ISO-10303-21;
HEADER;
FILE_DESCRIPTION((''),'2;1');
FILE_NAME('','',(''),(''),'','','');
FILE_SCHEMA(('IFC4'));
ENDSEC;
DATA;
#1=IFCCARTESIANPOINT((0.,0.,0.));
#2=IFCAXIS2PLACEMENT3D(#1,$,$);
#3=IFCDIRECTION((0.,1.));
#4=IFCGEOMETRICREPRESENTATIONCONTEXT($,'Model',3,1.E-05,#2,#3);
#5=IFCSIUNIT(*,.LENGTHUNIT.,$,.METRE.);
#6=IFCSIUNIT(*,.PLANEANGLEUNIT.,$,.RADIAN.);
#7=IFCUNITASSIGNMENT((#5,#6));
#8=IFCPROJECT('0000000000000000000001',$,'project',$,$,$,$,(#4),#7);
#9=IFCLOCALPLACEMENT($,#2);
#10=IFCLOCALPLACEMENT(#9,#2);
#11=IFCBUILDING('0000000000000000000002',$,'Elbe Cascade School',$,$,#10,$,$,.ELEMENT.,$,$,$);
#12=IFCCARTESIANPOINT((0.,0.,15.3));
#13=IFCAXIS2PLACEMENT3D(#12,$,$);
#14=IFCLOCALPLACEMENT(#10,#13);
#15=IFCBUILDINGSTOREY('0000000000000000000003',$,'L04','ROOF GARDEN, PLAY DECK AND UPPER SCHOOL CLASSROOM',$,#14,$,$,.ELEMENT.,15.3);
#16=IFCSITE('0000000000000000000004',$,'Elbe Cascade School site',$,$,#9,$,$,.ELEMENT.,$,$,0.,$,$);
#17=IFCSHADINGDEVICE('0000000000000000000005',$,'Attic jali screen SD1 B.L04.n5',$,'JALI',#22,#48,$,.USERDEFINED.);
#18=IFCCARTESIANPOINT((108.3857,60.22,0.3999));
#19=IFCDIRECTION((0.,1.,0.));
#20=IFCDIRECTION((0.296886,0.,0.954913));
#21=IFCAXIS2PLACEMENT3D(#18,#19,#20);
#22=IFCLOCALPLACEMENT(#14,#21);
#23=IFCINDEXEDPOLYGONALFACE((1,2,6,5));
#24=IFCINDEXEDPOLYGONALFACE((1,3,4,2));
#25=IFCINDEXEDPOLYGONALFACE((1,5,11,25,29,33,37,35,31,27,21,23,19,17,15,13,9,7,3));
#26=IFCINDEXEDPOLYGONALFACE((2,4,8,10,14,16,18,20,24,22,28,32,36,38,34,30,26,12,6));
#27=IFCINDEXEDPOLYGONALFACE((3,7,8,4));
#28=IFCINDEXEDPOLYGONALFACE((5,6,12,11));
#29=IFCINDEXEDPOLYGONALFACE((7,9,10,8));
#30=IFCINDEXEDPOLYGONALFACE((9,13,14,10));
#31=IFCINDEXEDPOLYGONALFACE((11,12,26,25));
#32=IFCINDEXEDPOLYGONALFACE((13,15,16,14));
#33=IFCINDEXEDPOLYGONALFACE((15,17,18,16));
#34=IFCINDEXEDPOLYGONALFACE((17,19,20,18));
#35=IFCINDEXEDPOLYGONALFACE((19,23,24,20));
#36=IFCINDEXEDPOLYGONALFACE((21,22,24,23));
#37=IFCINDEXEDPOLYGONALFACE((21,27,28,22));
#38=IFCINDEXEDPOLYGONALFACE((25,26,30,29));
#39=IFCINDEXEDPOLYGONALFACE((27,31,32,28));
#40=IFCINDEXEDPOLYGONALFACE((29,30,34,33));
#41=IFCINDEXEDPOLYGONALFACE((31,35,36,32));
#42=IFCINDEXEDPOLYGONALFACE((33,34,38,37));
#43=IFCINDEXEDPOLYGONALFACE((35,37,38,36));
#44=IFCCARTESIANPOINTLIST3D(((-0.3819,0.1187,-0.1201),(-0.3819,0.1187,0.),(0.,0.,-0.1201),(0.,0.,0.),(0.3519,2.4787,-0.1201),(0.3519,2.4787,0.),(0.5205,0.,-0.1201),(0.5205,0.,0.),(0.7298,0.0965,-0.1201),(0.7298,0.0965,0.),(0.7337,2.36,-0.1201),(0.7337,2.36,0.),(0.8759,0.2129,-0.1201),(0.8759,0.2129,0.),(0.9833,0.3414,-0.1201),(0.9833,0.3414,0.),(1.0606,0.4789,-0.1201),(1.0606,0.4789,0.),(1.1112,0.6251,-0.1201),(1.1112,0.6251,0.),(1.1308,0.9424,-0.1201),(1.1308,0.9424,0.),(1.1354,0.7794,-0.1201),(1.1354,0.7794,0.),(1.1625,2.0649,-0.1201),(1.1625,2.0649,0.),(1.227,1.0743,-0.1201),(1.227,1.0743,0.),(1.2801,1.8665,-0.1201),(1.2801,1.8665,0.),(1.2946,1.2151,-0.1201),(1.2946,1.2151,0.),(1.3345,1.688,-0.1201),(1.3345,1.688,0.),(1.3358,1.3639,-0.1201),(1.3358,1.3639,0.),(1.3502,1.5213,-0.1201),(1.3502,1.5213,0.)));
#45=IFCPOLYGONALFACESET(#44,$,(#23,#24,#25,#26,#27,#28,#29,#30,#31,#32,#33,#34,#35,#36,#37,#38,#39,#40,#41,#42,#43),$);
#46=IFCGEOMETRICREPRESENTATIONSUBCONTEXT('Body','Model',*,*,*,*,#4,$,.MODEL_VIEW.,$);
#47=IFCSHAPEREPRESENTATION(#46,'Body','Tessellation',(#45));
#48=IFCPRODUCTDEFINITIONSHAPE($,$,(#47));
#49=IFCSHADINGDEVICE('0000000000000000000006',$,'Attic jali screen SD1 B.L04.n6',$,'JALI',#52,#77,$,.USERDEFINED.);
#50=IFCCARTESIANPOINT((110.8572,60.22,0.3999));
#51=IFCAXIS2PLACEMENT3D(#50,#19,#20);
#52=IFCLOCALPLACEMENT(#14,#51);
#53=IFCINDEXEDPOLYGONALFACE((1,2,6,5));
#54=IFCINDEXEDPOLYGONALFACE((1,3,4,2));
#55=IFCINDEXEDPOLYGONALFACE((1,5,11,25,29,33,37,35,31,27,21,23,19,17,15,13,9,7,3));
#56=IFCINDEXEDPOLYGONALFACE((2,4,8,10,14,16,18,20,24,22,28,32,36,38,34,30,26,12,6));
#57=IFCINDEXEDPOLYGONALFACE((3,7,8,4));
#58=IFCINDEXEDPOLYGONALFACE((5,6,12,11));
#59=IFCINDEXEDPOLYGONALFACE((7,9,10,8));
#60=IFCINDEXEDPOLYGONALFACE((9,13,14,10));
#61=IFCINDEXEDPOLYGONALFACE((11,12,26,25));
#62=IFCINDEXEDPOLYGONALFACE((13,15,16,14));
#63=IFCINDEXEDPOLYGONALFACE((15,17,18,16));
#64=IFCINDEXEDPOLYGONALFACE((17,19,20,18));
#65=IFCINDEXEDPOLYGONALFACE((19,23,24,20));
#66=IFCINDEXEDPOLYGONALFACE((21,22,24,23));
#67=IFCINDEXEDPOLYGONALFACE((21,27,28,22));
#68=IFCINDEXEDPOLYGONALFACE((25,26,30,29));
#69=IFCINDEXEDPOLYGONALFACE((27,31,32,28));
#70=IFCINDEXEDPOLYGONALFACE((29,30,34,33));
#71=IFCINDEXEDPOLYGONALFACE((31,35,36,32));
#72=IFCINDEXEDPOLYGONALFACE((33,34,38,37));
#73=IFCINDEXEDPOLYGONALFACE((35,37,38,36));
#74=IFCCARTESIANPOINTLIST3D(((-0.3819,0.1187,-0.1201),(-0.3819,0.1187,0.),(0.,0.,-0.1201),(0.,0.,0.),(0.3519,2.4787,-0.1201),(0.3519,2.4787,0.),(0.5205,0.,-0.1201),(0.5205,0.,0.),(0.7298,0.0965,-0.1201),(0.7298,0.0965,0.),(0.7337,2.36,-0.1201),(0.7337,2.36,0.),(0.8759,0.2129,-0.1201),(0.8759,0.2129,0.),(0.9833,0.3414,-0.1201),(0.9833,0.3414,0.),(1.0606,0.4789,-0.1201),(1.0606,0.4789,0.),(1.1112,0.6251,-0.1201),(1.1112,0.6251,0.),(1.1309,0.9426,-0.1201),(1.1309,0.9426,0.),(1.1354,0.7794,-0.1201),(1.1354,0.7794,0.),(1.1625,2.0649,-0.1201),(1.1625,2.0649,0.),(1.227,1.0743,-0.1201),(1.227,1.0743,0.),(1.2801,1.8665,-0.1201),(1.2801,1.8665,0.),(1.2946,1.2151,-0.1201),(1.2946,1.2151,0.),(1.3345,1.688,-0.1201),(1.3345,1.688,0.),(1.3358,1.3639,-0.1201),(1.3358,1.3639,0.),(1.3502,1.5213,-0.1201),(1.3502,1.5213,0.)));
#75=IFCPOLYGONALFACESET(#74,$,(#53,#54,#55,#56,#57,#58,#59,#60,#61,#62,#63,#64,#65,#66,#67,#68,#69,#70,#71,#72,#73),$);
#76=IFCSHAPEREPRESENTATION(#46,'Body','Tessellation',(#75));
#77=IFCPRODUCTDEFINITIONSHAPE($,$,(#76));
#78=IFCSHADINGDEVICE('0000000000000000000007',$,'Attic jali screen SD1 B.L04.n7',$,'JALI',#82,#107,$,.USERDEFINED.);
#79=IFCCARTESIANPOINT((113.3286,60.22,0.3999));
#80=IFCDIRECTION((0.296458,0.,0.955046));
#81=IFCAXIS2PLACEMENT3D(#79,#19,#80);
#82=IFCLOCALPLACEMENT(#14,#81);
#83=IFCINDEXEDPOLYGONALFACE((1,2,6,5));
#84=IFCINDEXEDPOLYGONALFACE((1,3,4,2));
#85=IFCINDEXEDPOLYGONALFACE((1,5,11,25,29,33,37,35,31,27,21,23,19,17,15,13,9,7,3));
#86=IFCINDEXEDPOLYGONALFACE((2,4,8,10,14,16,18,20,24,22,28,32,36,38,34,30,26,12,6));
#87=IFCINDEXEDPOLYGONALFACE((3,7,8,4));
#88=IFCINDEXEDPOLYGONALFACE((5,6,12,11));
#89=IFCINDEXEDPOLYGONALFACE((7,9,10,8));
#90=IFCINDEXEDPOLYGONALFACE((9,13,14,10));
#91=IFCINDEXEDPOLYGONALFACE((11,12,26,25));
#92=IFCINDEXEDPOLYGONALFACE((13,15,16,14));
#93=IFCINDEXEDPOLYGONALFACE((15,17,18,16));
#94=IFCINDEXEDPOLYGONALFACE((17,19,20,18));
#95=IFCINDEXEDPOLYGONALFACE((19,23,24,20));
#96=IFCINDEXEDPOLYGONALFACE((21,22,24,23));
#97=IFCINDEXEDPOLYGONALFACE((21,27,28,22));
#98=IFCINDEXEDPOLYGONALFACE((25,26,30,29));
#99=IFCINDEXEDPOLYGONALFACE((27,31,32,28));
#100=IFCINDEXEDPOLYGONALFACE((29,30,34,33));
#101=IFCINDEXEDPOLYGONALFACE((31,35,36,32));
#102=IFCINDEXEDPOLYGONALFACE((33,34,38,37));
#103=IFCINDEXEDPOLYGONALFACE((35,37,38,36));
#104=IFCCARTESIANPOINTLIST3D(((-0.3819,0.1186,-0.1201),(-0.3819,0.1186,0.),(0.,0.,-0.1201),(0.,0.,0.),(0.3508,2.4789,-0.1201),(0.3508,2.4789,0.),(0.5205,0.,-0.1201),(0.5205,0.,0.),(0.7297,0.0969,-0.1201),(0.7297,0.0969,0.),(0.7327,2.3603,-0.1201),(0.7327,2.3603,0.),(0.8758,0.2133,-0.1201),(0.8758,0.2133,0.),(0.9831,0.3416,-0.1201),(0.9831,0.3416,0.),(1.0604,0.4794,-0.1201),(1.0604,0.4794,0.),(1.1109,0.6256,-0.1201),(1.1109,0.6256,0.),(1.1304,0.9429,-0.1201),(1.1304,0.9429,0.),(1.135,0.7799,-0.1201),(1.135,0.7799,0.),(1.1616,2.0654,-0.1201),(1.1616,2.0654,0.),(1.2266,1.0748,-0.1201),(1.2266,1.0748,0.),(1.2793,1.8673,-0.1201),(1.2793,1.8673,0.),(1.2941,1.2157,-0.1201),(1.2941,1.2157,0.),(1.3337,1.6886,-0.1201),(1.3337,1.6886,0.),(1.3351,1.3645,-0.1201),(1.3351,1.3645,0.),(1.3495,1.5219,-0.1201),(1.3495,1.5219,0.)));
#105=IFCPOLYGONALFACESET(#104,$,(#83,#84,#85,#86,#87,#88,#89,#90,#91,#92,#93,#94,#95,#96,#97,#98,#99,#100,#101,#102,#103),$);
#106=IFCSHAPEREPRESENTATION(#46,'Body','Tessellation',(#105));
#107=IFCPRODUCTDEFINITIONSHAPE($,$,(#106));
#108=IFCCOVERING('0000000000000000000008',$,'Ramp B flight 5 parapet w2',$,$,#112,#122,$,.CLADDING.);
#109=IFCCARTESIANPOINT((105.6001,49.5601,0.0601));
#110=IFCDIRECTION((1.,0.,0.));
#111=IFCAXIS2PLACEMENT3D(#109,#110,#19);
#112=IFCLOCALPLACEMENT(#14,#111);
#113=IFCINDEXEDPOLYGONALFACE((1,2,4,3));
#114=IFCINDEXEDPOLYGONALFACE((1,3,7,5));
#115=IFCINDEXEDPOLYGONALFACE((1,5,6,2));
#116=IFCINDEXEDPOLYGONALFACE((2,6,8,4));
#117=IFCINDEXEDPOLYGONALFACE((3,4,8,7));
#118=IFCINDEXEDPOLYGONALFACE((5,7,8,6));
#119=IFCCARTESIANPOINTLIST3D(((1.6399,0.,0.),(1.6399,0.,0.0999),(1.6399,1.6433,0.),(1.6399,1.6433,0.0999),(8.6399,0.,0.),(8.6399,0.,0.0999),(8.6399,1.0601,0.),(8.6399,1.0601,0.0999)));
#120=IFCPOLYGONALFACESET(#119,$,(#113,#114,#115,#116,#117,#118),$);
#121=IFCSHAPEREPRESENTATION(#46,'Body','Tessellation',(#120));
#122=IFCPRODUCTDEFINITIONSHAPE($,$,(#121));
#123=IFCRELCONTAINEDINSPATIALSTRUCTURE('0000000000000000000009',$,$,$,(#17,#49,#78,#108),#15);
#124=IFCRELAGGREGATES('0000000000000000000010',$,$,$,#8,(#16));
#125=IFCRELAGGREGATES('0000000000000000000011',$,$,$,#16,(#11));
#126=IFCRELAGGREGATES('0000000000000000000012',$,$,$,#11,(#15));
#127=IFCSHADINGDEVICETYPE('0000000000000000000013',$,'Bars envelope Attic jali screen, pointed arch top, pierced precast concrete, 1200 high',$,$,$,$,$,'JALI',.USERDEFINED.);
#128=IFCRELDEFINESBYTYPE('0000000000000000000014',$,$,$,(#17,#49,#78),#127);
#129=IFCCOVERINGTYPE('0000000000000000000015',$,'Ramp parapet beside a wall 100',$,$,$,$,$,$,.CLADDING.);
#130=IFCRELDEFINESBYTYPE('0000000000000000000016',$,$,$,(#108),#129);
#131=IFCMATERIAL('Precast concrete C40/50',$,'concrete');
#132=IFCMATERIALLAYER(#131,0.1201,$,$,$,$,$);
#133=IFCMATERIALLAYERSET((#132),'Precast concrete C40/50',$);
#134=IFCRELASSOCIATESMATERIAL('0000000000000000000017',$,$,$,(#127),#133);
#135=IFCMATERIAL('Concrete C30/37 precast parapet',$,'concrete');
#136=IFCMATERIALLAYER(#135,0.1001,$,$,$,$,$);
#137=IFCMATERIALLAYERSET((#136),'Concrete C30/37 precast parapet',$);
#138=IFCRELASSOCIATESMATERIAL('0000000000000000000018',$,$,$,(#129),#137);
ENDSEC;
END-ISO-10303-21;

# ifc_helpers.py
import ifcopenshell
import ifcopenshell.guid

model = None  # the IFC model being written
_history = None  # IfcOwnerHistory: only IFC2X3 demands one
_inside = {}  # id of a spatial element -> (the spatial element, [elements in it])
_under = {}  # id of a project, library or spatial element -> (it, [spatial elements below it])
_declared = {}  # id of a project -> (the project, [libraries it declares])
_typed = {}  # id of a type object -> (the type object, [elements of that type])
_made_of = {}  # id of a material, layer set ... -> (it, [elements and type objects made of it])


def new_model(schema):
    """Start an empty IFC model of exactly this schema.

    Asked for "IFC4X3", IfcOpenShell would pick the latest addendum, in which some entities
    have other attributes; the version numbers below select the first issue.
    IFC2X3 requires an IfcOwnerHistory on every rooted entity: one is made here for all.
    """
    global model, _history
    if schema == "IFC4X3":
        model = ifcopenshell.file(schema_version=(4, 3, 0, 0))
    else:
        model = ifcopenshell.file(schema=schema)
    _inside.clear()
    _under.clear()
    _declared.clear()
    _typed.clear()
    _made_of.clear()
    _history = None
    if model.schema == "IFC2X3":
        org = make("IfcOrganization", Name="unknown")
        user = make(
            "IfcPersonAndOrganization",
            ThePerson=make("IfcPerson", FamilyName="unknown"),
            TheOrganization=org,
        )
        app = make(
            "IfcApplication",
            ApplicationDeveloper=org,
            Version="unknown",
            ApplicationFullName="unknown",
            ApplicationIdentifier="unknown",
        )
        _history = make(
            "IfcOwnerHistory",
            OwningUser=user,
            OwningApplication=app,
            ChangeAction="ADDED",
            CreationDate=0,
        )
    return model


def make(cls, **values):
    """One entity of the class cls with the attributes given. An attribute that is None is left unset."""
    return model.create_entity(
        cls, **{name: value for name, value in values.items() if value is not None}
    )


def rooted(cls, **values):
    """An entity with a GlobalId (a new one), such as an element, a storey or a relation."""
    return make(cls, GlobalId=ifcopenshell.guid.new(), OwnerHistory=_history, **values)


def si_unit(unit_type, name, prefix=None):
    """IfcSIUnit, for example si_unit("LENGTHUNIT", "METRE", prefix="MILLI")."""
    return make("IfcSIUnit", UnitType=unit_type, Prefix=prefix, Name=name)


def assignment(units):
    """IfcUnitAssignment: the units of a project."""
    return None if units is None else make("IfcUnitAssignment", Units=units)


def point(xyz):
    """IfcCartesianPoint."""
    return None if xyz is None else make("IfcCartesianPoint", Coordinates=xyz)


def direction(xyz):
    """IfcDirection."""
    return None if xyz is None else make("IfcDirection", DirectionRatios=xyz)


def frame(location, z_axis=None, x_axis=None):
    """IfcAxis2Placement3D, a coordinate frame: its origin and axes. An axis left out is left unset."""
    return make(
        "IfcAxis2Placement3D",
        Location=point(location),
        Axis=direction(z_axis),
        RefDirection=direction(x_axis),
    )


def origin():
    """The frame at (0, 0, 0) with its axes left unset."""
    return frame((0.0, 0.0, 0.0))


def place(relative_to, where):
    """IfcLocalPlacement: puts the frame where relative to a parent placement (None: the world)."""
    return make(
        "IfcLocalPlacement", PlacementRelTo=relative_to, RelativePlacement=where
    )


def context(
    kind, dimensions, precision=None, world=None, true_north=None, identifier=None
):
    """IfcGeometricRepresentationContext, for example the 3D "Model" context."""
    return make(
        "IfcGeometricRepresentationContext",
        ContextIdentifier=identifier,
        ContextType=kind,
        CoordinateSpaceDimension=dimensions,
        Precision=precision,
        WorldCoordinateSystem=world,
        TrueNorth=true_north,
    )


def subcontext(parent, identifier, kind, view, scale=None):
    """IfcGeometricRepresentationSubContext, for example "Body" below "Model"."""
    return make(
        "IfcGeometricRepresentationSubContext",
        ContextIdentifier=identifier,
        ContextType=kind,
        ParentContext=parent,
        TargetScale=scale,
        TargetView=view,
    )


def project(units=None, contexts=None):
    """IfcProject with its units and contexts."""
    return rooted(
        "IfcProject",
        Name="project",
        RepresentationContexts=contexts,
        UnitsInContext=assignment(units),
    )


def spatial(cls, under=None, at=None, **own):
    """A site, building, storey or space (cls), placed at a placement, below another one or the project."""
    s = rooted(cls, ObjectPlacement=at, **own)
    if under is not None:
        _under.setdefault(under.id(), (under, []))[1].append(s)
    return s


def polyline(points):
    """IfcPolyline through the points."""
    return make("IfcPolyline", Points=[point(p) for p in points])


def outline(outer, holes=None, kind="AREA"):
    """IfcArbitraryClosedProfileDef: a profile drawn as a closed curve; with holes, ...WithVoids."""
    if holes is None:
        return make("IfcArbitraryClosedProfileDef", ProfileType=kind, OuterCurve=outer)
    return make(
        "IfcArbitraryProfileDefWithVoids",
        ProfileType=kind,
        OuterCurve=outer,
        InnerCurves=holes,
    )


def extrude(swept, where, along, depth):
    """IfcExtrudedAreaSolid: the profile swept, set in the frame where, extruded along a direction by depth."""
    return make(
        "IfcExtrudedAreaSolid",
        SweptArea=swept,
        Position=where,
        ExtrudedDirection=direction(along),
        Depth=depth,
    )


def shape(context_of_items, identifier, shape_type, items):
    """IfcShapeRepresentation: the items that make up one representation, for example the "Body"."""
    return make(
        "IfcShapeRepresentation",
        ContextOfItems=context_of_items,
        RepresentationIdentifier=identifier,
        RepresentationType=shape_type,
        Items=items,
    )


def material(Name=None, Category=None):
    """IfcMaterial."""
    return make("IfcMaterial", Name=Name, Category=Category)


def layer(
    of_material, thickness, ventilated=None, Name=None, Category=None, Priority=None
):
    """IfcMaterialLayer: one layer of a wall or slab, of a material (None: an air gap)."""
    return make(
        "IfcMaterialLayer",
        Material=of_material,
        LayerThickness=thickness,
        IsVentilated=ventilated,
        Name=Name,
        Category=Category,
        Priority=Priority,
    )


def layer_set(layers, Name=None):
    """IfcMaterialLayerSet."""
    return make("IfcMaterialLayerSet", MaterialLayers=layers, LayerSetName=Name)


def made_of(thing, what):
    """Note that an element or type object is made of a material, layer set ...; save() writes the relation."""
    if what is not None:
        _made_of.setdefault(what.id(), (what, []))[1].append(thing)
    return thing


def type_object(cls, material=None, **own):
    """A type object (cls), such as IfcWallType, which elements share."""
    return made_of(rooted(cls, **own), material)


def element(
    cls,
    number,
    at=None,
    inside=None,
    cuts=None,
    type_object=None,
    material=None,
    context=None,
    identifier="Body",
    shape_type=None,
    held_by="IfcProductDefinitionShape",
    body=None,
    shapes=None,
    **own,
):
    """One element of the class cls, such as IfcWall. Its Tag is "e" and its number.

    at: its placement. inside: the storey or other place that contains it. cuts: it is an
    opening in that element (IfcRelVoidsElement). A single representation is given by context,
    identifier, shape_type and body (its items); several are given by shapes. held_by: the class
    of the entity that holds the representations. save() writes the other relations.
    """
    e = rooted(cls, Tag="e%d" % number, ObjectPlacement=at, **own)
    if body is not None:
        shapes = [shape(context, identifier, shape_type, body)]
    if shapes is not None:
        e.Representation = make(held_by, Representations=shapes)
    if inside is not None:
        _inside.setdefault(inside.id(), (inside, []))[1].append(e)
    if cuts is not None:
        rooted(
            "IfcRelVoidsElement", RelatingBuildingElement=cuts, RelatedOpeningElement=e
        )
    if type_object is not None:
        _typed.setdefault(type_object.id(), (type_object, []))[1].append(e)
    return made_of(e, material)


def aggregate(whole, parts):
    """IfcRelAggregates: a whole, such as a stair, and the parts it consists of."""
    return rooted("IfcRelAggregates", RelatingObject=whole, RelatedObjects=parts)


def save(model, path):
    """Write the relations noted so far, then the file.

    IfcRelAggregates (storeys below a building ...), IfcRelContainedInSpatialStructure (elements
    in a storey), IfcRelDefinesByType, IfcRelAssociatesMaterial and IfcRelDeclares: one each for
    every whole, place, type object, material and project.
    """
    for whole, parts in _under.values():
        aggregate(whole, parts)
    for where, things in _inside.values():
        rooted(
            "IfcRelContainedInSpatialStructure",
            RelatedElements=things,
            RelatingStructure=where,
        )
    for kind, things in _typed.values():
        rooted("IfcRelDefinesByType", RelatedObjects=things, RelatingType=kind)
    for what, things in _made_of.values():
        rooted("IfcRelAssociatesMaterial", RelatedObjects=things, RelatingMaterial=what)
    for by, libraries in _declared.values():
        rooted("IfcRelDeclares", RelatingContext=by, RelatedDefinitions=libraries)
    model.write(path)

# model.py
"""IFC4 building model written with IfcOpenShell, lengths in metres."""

from ifc_helpers import new_model, si_unit, direction, frame, origin, place, context, subcontext, project, spatial, polyline, outline, extrude, material, layer, layer_set, type_object, element, save


model = new_model("IFC4")

# Units and contexts
model_context = context("Model", 3, precision=1e-05, world=origin(), true_north=direction((0.0, 1.0)))
body_context = subcontext(model_context, "Body", "Model", "MODEL_VIEW")
ifc_project = project(units=[si_unit("LENGTHUNIT", "METRE"), si_unit("PLANEANGLEUNIT", "RADIAN")], contexts=[model_context])

# Site, building, storey
site_placement = place(None, origin())
site = spatial("IfcSite", under=ifc_project, at=site_placement, Name="Elbe Cascade School site", CompositionType="ELEMENT", RefElevation=0.0)
building_placement = place(site_placement, origin())
building = spatial("IfcBuilding", under=site, at=building_placement, Name="Elbe Cascade School", CompositionType="ELEMENT")
storey_placement = place(building_placement, frame((0.0, 0.0, 15.3)))
storey = spatial("IfcBuildingStorey", under=building, at=storey_placement, Name="L04", Description="ROOF GARDEN, PLAY DECK AND UPPER SCHOOL CLASSROOM", CompositionType="ELEMENT", Elevation=15.3)

# Shading devices
ifc_material_1 = material(Name="Precast concrete C40/50", Category="concrete")
ifc_layer_1 = layer(ifc_material_1, 0.1201)
ifc_layer_set_1 = layer_set([ifc_layer_1], Name="Precast concrete C40/50")
shading_device_type = type_object("IfcShadingDeviceType", Name="Bars envelope Attic jali screen, pointed arch top, pierced precast concrete, 1200 high", ElementType="JALI", PredefinedType="USERDEFINED", material=ifc_layer_set_1)
shading_device_1_placement = place(storey_placement, frame((108.3857, 60.22, 0.3999), z_axis=(0.0, 1.0, 0.0), x_axis=(0.296886, 0.0, 0.954913)))
element("IfcShadingDevice", 1, at=shading_device_1_placement, inside=storey, type_object=shading_device_type, Name="Attic jali screen SD1 B.L04.n5", ObjectType="JALI", PredefinedType="USERDEFINED", context=body_context, shape_type="SweptSolid", body=[
    extrude(outline(polyline([(0.0, 0.0), (0.5205, 0.0), (0.7298, 0.0965), (0.8759, 0.2129), (0.9833, 0.3414), (1.0606, 0.4789), (1.1112, 0.6251), (1.1354, 0.7794), (1.1308, 0.9424), (1.227, 1.0743), (1.2946, 1.2151), (1.3358, 1.3639), (1.3502, 1.5213), (1.3345, 1.688), (1.2801, 1.8665), (1.1625, 2.0649), (0.7337, 2.36), (0.3519, 2.4787), (-0.3819, 0.1187), (0.0, 0.0)])), origin(), (0.0, 0.0, -1.0), 0.1201),
])
shading_device_2_placement = place(storey_placement, frame((110.8572, 60.22, 0.3999), z_axis=(0.0, 1.0, 0.0), x_axis=(0.296886, 0.0, 0.954913)))
element("IfcShadingDevice", 2, at=shading_device_2_placement, inside=storey, type_object=shading_device_type, Name="Attic jali screen SD1 B.L04.n6", ObjectType="JALI", PredefinedType="USERDEFINED", context=body_context, shape_type="SweptSolid", body=[
    extrude(outline(polyline([(0.0, 0.0), (0.5205, 0.0), (0.7298, 0.0965), (0.8759, 0.2129), (0.9833, 0.3414), (1.0606, 0.4789), (1.1112, 0.6251), (1.1354, 0.7794), (1.1309, 0.9426), (1.227, 1.0743), (1.2946, 1.2151), (1.3358, 1.3639), (1.3502, 1.5213), (1.3345, 1.688), (1.2801, 1.8665), (1.1625, 2.0649), (0.7337, 2.36), (0.3519, 2.4787), (-0.3819, 0.1187), (0.0, 0.0)])), origin(), (0.0, 0.0, -1.0), 0.1201),
])
shading_device_3_placement = place(storey_placement, frame((113.3286, 60.22, 0.3999), z_axis=(0.0, 1.0, 0.0), x_axis=(0.296458, 0.0, 0.955046)))
element("IfcShadingDevice", 3, at=shading_device_3_placement, inside=storey, type_object=shading_device_type, Name="Attic jali screen SD1 B.L04.n7", ObjectType="JALI", PredefinedType="USERDEFINED", context=body_context, shape_type="SweptSolid", body=[
    extrude(outline(polyline([(0.0, 0.0), (0.5205, 0.0), (0.7297, 0.0969), (0.8758, 0.2133), (0.9831, 0.3416), (1.0604, 0.4794), (1.1109, 0.6256), (1.135, 0.7799), (1.1304, 0.9429), (1.2266, 1.0748), (1.2941, 1.2157), (1.3351, 1.3645), (1.3495, 1.5219), (1.3337, 1.6886), (1.2793, 1.8673), (1.1616, 2.0654), (0.7327, 2.3603), (0.3508, 2.4789), (-0.3819, 0.1186), (0.0, 0.0)])), origin(), (0.0, 0.0, -1.0), 0.1201),
])

# Covering
ifc_material_2 = material(Name="Concrete C30/37 precast parapet", Category="concrete")
ifc_layer_2 = layer(ifc_material_2, 0.1001)
ifc_layer_set_2 = layer_set([ifc_layer_2], Name="Concrete C30/37 precast parapet")
covering_type_1 = type_object("IfcCoveringType", Name="Ramp parapet beside a wall 100", PredefinedType="CLADDING", material=ifc_layer_set_2)
covering_1_placement = place(storey_placement, frame((105.6001, 49.5601, 0.0601), z_axis=(1.0, 0.0, 0.0), x_axis=(0.0, 1.0, 0.0)))
element("IfcCovering", 4, at=covering_1_placement, inside=storey, type_object=covering_type_1, Name="Ramp B flight 5 parapet w2", PredefinedType="CLADDING", context=body_context, shape_type="SweptSolid", body=[
    extrude(outline(polyline([(1.6399, 0.0), (8.6399, 0.0), (8.6399, 1.0601), (1.6399, 1.6433), (1.6399, 0.0)])), origin(), (0.0, 0.0, 1.0), 0.0999),
])

save(model, "model.ifc")
